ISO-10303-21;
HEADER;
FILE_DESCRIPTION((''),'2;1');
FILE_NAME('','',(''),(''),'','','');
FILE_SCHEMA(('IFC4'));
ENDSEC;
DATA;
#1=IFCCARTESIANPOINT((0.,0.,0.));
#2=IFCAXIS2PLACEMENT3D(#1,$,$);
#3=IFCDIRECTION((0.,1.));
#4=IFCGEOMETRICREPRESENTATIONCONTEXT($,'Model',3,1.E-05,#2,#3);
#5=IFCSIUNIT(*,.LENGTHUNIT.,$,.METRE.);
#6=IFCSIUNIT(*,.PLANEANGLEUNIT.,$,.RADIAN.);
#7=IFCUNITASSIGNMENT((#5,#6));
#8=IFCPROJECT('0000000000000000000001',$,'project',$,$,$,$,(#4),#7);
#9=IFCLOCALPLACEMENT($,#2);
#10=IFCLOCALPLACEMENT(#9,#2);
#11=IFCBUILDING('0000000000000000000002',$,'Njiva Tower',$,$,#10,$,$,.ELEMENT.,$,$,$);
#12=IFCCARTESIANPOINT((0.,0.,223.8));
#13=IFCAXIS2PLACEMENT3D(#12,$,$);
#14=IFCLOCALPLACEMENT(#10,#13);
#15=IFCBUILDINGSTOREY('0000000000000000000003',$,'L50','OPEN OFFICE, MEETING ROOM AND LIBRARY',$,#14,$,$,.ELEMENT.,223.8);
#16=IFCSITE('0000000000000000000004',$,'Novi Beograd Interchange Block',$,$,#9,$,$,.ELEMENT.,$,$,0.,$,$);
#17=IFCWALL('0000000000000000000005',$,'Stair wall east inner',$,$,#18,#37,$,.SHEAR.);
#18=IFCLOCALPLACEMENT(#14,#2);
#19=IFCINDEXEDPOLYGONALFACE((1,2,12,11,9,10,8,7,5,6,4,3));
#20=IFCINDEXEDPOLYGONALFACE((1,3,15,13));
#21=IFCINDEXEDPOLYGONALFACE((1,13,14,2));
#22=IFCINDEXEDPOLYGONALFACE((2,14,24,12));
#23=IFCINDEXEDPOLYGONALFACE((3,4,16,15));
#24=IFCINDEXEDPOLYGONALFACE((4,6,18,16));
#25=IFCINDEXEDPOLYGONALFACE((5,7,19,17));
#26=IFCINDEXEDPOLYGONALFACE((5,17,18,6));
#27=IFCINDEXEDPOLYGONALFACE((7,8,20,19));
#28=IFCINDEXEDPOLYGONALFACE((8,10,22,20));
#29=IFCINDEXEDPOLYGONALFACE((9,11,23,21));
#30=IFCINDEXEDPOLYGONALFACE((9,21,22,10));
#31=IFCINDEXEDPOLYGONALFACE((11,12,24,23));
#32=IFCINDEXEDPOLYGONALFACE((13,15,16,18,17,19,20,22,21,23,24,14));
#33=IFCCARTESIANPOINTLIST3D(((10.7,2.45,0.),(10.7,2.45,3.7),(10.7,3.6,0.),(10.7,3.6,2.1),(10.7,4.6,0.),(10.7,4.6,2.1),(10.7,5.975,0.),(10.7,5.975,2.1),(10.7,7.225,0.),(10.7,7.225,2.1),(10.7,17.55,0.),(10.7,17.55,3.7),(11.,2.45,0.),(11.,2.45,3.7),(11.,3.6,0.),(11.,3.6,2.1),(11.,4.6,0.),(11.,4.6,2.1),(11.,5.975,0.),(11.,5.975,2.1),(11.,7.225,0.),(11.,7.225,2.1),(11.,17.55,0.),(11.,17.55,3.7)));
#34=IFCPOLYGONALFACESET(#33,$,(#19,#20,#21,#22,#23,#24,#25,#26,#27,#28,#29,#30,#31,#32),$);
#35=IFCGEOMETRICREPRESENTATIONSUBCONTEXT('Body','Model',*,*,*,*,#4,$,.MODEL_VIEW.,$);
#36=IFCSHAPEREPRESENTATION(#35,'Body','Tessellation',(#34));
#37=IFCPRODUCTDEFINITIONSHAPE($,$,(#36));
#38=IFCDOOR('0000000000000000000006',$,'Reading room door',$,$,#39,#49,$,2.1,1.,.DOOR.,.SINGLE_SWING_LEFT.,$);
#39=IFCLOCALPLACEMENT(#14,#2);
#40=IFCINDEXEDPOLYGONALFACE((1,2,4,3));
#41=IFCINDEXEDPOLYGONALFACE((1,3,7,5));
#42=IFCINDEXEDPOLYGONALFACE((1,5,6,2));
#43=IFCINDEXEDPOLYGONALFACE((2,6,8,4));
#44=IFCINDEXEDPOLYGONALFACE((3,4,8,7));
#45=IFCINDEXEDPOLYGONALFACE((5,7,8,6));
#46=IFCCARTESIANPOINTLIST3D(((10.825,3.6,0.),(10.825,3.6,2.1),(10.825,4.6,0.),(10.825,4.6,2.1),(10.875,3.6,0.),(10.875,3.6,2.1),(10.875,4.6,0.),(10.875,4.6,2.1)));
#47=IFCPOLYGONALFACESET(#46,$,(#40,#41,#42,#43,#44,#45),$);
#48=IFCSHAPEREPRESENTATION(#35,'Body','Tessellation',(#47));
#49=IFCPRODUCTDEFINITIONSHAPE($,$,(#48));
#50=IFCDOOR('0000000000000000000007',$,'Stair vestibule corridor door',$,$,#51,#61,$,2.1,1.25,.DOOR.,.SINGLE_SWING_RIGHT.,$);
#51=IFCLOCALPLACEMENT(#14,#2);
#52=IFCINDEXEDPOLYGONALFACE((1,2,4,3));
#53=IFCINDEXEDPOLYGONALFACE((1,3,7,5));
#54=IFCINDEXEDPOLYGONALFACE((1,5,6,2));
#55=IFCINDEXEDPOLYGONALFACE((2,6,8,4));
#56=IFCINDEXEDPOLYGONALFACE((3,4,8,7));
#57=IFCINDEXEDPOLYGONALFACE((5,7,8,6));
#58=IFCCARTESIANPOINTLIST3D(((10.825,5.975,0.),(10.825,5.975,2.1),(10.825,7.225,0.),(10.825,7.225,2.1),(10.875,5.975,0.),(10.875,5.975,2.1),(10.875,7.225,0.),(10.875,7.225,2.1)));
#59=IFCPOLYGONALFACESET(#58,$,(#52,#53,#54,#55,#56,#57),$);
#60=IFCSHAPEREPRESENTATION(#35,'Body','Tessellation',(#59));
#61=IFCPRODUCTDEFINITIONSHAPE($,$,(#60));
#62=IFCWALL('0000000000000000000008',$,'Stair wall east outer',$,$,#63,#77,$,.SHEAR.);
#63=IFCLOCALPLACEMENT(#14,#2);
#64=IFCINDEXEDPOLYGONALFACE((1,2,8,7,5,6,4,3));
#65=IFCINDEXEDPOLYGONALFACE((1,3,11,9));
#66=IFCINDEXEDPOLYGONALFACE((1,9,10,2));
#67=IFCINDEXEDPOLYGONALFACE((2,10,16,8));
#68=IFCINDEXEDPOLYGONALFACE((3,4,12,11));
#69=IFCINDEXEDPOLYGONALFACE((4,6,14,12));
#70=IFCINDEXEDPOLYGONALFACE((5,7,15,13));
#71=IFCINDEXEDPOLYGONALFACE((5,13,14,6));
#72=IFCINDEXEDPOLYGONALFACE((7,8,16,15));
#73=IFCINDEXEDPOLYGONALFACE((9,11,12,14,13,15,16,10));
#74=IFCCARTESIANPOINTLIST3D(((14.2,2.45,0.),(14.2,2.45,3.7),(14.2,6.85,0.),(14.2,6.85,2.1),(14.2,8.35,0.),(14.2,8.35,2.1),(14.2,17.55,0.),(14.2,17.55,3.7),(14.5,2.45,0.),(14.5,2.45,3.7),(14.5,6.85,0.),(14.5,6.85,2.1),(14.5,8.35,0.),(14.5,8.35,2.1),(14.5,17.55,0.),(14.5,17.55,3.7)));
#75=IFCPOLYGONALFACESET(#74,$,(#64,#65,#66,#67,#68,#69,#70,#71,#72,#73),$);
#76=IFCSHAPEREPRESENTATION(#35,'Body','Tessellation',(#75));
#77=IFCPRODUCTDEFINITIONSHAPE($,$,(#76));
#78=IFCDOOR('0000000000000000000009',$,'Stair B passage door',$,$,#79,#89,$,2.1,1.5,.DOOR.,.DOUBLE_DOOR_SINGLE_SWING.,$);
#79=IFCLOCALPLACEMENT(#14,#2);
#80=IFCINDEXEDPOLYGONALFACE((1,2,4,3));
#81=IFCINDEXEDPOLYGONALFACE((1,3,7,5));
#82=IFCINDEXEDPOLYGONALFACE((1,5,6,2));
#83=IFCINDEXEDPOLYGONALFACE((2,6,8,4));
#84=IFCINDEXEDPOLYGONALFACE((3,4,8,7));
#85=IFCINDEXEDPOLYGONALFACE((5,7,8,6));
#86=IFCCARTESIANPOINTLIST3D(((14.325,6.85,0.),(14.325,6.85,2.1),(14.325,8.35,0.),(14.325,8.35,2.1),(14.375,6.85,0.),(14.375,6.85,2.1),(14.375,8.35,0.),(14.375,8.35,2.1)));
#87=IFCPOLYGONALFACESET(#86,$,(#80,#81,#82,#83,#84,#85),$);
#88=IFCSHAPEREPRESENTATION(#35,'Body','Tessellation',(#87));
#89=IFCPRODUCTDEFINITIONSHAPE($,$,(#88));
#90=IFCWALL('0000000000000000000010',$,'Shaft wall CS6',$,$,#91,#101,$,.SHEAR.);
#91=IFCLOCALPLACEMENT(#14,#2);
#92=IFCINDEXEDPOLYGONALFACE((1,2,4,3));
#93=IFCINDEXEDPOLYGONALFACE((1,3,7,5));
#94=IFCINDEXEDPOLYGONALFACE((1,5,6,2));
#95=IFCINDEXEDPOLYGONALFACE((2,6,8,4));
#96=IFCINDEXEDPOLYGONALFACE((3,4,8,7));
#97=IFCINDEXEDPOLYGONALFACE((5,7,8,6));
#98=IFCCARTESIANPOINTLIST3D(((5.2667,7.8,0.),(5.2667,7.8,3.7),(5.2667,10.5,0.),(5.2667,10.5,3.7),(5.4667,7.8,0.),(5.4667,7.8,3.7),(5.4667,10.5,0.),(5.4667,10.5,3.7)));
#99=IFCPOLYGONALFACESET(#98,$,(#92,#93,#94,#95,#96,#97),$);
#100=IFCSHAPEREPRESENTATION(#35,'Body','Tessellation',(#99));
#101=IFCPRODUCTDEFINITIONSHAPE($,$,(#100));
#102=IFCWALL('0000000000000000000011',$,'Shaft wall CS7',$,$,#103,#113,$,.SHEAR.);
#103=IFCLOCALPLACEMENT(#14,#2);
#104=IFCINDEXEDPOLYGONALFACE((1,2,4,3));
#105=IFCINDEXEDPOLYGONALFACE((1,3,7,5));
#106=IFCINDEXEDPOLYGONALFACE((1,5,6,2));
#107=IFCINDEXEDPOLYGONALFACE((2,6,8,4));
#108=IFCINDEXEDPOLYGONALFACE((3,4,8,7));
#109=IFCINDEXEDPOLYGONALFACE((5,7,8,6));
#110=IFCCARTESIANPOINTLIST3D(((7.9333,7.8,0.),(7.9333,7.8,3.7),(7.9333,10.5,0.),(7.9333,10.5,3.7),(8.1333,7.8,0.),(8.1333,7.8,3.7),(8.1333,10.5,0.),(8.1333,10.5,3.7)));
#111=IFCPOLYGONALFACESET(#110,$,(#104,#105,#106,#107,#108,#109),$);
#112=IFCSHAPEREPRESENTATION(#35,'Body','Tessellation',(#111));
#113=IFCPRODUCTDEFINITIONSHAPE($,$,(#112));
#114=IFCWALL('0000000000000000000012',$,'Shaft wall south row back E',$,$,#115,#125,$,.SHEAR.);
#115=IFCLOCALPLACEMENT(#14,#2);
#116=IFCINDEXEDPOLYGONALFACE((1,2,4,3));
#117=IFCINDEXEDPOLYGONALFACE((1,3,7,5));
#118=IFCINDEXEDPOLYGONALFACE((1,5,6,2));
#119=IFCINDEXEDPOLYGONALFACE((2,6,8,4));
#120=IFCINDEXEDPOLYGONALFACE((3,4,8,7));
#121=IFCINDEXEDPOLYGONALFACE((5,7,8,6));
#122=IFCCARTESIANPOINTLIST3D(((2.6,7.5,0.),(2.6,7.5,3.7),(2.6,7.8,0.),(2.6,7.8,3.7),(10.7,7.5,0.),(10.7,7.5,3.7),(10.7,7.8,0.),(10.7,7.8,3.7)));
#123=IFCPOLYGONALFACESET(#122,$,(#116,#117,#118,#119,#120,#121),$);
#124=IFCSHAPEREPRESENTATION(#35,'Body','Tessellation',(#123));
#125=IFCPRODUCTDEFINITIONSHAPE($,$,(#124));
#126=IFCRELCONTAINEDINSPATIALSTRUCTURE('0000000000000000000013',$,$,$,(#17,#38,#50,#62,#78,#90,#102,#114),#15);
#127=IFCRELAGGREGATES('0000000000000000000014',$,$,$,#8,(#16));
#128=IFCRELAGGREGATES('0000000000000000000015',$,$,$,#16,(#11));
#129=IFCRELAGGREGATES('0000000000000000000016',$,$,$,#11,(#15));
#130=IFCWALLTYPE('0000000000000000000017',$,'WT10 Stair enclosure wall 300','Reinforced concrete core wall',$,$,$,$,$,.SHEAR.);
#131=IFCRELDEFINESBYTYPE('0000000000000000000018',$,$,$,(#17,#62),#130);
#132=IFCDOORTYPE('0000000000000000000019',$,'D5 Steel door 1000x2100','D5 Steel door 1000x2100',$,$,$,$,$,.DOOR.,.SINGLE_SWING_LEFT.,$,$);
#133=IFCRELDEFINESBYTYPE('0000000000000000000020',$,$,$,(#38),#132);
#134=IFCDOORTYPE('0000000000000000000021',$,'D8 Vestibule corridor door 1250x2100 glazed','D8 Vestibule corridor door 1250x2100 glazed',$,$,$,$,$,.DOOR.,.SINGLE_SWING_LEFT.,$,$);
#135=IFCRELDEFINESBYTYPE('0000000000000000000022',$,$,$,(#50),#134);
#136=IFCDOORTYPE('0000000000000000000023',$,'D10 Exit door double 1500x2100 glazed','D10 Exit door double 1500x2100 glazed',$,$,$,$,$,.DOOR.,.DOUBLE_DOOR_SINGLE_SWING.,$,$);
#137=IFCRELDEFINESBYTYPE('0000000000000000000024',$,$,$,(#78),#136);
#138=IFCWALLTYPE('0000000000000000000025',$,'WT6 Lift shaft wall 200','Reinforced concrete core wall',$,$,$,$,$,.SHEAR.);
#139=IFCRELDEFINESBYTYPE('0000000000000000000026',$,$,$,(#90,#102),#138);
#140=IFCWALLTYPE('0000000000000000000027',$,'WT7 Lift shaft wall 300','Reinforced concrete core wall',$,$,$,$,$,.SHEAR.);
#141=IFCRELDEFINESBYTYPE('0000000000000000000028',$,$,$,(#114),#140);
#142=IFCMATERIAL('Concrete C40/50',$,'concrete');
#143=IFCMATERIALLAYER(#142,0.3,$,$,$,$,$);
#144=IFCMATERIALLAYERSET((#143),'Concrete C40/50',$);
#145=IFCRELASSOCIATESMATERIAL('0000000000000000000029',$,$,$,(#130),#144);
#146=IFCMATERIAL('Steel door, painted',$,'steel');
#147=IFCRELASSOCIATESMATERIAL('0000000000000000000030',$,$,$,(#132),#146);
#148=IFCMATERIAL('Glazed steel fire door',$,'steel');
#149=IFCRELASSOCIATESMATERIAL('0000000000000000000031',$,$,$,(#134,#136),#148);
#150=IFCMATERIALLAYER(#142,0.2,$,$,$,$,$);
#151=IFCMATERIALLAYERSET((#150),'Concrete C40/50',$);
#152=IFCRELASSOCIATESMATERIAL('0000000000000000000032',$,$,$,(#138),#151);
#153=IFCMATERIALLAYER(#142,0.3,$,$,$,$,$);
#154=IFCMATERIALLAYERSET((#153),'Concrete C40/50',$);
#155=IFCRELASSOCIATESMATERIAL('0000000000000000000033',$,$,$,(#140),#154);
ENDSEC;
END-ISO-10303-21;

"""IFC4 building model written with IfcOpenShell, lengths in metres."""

from ifc_helpers import new_model, si_unit, direction, frame, frame_2d, origin, place, context, subcontext, project, spatial, rectangle, extrude, material, layer, layer_set, type_object, element, fill, save


model = new_model("IFC4")

# Units and contexts
model_context = context("Model", 3, precision=1e-05, world=origin(), true_north=direction((0.0, 1.0)))
body_context = subcontext(model_context, "Body", "Model", "MODEL_VIEW")
ifc_project = project(units=[si_unit("LENGTHUNIT", "METRE"), si_unit("PLANEANGLEUNIT", "RADIAN")], contexts=[model_context])

# Site, building, storey
site_placement = place(None, origin())
site = spatial("IfcSite", under=ifc_project, at=site_placement, Name="Novi Beograd Interchange Block", CompositionType="ELEMENT", RefElevation=0.0)
building_placement = place(site_placement, origin())
building = spatial("IfcBuilding", under=site, at=building_placement, Name="Njiva Tower", CompositionType="ELEMENT")
storey_placement = place(building_placement, frame((0.0, 0.0, 223.8)))
storey = spatial("IfcBuildingStorey", under=building, at=storey_placement, Name="L50", Description="OPEN OFFICE, MEETING ROOM AND LIBRARY", CompositionType="ELEMENT", Elevation=223.8)

# Wall, openings, doors
ifc_material_1 = material(Name="Concrete C40/50", Category="concrete")
ifc_layer_1 = layer(ifc_material_1, 0.3)
ifc_layer_set_1 = layer_set([ifc_layer_1], Name="Concrete C40/50")
wall_type_1 = type_object("IfcWallType", Name="WT10 Stair enclosure wall 300", Description="Reinforced concrete core wall", PredefinedType="SHEAR", material=ifc_layer_set_1)
wall_1_placement = place(storey_placement, frame((10.85, 2.45, 0.0), z_axis=(0.0, 0.0, 1.0), x_axis=(0.0, 1.0, 0.0)))
wall_1 = element("IfcWall", 1, at=wall_1_placement, inside=storey, type_object=wall_type_1, Name="Stair wall east inner", PredefinedType="SHEAR", context=body_context, shape_type="SweptSolid", body=[
    extrude(rectangle(XDim=15.1, YDim=0.3, at=frame_2d((7.55, 0.0))), origin(), (0.0, 0.0, 1.0), 3.7),
])
opening_1_placement = place(wall_1_placement, frame((3.525, 0.0, 0.0)))
opening_1 = element("IfcOpeningElement", 2, at=opening_1_placement, cuts=wall_1, PredefinedType="OPENING", context=body_context, shape_type="SweptSolid", body=[
    extrude(rectangle(XDim=1.25, YDim=2.1, at=frame_2d((0.625, 1.05))), frame((0.0, 0.16, 0.0), z_axis=(0.0, -1.0, 0.0), x_axis=(1.0, 0.0, 0.0)), (0.0, 0.0, 1.0), 0.32),
])
opening_2_placement = place(wall_1_placement, frame((1.15, 0.0, 0.0)))
opening_2 = element("IfcOpeningElement", 3, at=opening_2_placement, cuts=wall_1, PredefinedType="OPENING", context=body_context, shape_type="SweptSolid", body=[
    extrude(rectangle(XDim=1.0, YDim=2.1, at=frame_2d((0.5, 1.05))), frame((0.0, 0.16, 0.0), z_axis=(0.0, -1.0, 0.0), x_axis=(1.0, 0.0, 0.0)), (0.0, 0.0, 1.0), 0.32),
])
ifc_material_2 = material(Name="Steel door, painted", Category="steel")
door_type_1 = type_object("IfcDoorType", Name="D5 Steel door 1000x2100", Description="D5 Steel door 1000x2100", OperationType="SINGLE_SWING_LEFT", PredefinedType="DOOR", material=ifc_material_2)
door_1_placement = place(opening_2_placement, origin())
door_1 = element("IfcDoor", 4, at=door_1_placement, inside=storey, type_object=door_type_1, Name="Reading room door", OperationType="SINGLE_SWING_LEFT", OverallHeight=2.1, OverallWidth=1.0, PredefinedType="DOOR", context=body_context, shape_type="SweptSolid", body=[
    extrude(rectangle(XDim=1.0, YDim=2.1, at=frame_2d((0.5, 1.05))), frame((0.0, 0.025, 0.0), z_axis=(0.0, -1.0, 0.0), x_axis=(1.0, 0.0, 0.0)), (0.0, 0.0, 1.0), 0.05),
])
fill(opening_2, door_1)
ifc_material_3 = material(Name="Glazed steel fire door", Category="steel")
door_type_2 = type_object("IfcDoorType", Name="D8 Vestibule corridor door 1250x2100 glazed", Description="D8 Vestibule corridor door 1250x2100 glazed", OperationType="SINGLE_SWING_LEFT", PredefinedType="DOOR", material=ifc_material_3)
door_2_placement = place(opening_1_placement, origin())
door_2 = element("IfcDoor", 5, at=door_2_placement, inside=storey, type_object=door_type_2, Name="Stair vestibule corridor door", OperationType="SINGLE_SWING_RIGHT", OverallHeight=2.1, OverallWidth=1.25, PredefinedType="DOOR", context=body_context, shape_type="SweptSolid", body=[
    extrude(rectangle(XDim=1.25, YDim=2.1, at=frame_2d((0.625, 1.05))), frame((0.0, 0.025, 0.0), z_axis=(0.0, -1.0, 0.0), x_axis=(1.0, 0.0, 0.0)), (0.0, 0.0, 1.0), 0.05),
])
fill(opening_1, door_2)

# Wall, opening, door
wall_2_placement = place(storey_placement, frame((14.35, 2.45, 0.0), z_axis=(0.0, 0.0, 1.0), x_axis=(0.0, 1.0, 0.0)))
wall_2 = element("IfcWall", 6, at=wall_2_placement, inside=storey, type_object=wall_type_1, Name="Stair wall east outer", PredefinedType="SHEAR", context=body_context, shape_type="SweptSolid", body=[
    extrude(rectangle(XDim=15.1, YDim=0.3, at=frame_2d((7.55, 0.0))), origin(), (0.0, 0.0, 1.0), 3.7),
])
opening_3_placement = place(wall_2_placement, frame((4.4, 0.0, 0.0)))
opening_3 = element("IfcOpeningElement", 7, at=opening_3_placement, cuts=wall_2, PredefinedType="OPENING", context=body_context, shape_type="SweptSolid", body=[
    extrude(rectangle(XDim=1.5, YDim=2.1, at=frame_2d((0.75, 1.05))), frame((0.0, 0.16, 0.0), z_axis=(0.0, -1.0, 0.0), x_axis=(1.0, 0.0, 0.0)), (0.0, 0.0, 1.0), 0.32),
])
door_type_3 = type_object("IfcDoorType", Name="D10 Exit door double 1500x2100 glazed", Description="D10 Exit door double 1500x2100 glazed", OperationType="DOUBLE_DOOR_SINGLE_SWING", PredefinedType="DOOR", material=ifc_material_3)
door_3_placement = place(opening_3_placement, origin())
door_3 = element("IfcDoor", 8, at=door_3_placement, inside=storey, type_object=door_type_3, Name="Stair B passage door", OperationType="DOUBLE_DOOR_SINGLE_SWING", OverallHeight=2.1, OverallWidth=1.5, PredefinedType="DOOR", context=body_context, shape_type="SweptSolid", body=[
    extrude(rectangle(XDim=1.5, YDim=2.1, at=frame_2d((0.75, 1.05))), frame((0.0, 0.025, 0.0), z_axis=(0.0, -1.0, 0.0), x_axis=(1.0, 0.0, 0.0)), (0.0, 0.0, 1.0), 0.05),
])
fill(opening_3, door_3)

# Walls
ifc_layer_2 = layer(ifc_material_1, 0.2)
ifc_layer_set_2 = layer_set([ifc_layer_2], Name="Concrete C40/50")
wall_type_2 = type_object("IfcWallType", Name="WT6 Lift shaft wall 200", Description="Reinforced concrete core wall", PredefinedType="SHEAR", material=ifc_layer_set_2)
for number, where, z_axis, x_axis, name in (
    (9, (5.3667, 7.8, 0.0), (0.0, 0.0, 1.0), (0.0, 1.0, 0.0), "Shaft wall CS6"),
    (10, (8.0333, 7.8, 0.0), (0.0, 0.0, 1.0), (0.0, 1.0, 0.0), "Shaft wall CS7"),
):
    element("IfcWall", number, at=place(storey_placement, frame(where, z_axis=z_axis, x_axis=x_axis)), inside=storey, type_object=wall_type_2, Name=name, PredefinedType="SHEAR", context=body_context, shape_type="SweptSolid", body=[
        extrude(rectangle(XDim=2.7, YDim=0.2, at=frame_2d((1.35, 0.0))), origin(), (0.0, 0.0, 1.0), 3.7),
    ])
ifc_layer_3 = layer(ifc_material_1, 0.3)
ifc_layer_set_3 = layer_set([ifc_layer_3], Name="Concrete C40/50")
wall_type_3 = type_object("IfcWallType", Name="WT7 Lift shaft wall 300", Description="Reinforced concrete core wall", PredefinedType="SHEAR", material=ifc_layer_set_3)
wall_3_placement = place(storey_placement, frame((2.6, 7.65, 0.0), z_axis=(0.0, 0.0, 1.0), x_axis=(1.0, 0.0, 0.0)))
element("IfcWall", 11, at=wall_3_placement, inside=storey, type_object=wall_type_3, Name="Shaft wall south row back E", PredefinedType="SHEAR", context=body_context, shape_type="SweptSolid", body=[
    extrude(rectangle(XDim=8.1, YDim=0.3, at=frame_2d((4.05, 0.0))), origin(), (0.0, 0.0, 1.0), 3.7),
])

save(model, "model.ifc")
